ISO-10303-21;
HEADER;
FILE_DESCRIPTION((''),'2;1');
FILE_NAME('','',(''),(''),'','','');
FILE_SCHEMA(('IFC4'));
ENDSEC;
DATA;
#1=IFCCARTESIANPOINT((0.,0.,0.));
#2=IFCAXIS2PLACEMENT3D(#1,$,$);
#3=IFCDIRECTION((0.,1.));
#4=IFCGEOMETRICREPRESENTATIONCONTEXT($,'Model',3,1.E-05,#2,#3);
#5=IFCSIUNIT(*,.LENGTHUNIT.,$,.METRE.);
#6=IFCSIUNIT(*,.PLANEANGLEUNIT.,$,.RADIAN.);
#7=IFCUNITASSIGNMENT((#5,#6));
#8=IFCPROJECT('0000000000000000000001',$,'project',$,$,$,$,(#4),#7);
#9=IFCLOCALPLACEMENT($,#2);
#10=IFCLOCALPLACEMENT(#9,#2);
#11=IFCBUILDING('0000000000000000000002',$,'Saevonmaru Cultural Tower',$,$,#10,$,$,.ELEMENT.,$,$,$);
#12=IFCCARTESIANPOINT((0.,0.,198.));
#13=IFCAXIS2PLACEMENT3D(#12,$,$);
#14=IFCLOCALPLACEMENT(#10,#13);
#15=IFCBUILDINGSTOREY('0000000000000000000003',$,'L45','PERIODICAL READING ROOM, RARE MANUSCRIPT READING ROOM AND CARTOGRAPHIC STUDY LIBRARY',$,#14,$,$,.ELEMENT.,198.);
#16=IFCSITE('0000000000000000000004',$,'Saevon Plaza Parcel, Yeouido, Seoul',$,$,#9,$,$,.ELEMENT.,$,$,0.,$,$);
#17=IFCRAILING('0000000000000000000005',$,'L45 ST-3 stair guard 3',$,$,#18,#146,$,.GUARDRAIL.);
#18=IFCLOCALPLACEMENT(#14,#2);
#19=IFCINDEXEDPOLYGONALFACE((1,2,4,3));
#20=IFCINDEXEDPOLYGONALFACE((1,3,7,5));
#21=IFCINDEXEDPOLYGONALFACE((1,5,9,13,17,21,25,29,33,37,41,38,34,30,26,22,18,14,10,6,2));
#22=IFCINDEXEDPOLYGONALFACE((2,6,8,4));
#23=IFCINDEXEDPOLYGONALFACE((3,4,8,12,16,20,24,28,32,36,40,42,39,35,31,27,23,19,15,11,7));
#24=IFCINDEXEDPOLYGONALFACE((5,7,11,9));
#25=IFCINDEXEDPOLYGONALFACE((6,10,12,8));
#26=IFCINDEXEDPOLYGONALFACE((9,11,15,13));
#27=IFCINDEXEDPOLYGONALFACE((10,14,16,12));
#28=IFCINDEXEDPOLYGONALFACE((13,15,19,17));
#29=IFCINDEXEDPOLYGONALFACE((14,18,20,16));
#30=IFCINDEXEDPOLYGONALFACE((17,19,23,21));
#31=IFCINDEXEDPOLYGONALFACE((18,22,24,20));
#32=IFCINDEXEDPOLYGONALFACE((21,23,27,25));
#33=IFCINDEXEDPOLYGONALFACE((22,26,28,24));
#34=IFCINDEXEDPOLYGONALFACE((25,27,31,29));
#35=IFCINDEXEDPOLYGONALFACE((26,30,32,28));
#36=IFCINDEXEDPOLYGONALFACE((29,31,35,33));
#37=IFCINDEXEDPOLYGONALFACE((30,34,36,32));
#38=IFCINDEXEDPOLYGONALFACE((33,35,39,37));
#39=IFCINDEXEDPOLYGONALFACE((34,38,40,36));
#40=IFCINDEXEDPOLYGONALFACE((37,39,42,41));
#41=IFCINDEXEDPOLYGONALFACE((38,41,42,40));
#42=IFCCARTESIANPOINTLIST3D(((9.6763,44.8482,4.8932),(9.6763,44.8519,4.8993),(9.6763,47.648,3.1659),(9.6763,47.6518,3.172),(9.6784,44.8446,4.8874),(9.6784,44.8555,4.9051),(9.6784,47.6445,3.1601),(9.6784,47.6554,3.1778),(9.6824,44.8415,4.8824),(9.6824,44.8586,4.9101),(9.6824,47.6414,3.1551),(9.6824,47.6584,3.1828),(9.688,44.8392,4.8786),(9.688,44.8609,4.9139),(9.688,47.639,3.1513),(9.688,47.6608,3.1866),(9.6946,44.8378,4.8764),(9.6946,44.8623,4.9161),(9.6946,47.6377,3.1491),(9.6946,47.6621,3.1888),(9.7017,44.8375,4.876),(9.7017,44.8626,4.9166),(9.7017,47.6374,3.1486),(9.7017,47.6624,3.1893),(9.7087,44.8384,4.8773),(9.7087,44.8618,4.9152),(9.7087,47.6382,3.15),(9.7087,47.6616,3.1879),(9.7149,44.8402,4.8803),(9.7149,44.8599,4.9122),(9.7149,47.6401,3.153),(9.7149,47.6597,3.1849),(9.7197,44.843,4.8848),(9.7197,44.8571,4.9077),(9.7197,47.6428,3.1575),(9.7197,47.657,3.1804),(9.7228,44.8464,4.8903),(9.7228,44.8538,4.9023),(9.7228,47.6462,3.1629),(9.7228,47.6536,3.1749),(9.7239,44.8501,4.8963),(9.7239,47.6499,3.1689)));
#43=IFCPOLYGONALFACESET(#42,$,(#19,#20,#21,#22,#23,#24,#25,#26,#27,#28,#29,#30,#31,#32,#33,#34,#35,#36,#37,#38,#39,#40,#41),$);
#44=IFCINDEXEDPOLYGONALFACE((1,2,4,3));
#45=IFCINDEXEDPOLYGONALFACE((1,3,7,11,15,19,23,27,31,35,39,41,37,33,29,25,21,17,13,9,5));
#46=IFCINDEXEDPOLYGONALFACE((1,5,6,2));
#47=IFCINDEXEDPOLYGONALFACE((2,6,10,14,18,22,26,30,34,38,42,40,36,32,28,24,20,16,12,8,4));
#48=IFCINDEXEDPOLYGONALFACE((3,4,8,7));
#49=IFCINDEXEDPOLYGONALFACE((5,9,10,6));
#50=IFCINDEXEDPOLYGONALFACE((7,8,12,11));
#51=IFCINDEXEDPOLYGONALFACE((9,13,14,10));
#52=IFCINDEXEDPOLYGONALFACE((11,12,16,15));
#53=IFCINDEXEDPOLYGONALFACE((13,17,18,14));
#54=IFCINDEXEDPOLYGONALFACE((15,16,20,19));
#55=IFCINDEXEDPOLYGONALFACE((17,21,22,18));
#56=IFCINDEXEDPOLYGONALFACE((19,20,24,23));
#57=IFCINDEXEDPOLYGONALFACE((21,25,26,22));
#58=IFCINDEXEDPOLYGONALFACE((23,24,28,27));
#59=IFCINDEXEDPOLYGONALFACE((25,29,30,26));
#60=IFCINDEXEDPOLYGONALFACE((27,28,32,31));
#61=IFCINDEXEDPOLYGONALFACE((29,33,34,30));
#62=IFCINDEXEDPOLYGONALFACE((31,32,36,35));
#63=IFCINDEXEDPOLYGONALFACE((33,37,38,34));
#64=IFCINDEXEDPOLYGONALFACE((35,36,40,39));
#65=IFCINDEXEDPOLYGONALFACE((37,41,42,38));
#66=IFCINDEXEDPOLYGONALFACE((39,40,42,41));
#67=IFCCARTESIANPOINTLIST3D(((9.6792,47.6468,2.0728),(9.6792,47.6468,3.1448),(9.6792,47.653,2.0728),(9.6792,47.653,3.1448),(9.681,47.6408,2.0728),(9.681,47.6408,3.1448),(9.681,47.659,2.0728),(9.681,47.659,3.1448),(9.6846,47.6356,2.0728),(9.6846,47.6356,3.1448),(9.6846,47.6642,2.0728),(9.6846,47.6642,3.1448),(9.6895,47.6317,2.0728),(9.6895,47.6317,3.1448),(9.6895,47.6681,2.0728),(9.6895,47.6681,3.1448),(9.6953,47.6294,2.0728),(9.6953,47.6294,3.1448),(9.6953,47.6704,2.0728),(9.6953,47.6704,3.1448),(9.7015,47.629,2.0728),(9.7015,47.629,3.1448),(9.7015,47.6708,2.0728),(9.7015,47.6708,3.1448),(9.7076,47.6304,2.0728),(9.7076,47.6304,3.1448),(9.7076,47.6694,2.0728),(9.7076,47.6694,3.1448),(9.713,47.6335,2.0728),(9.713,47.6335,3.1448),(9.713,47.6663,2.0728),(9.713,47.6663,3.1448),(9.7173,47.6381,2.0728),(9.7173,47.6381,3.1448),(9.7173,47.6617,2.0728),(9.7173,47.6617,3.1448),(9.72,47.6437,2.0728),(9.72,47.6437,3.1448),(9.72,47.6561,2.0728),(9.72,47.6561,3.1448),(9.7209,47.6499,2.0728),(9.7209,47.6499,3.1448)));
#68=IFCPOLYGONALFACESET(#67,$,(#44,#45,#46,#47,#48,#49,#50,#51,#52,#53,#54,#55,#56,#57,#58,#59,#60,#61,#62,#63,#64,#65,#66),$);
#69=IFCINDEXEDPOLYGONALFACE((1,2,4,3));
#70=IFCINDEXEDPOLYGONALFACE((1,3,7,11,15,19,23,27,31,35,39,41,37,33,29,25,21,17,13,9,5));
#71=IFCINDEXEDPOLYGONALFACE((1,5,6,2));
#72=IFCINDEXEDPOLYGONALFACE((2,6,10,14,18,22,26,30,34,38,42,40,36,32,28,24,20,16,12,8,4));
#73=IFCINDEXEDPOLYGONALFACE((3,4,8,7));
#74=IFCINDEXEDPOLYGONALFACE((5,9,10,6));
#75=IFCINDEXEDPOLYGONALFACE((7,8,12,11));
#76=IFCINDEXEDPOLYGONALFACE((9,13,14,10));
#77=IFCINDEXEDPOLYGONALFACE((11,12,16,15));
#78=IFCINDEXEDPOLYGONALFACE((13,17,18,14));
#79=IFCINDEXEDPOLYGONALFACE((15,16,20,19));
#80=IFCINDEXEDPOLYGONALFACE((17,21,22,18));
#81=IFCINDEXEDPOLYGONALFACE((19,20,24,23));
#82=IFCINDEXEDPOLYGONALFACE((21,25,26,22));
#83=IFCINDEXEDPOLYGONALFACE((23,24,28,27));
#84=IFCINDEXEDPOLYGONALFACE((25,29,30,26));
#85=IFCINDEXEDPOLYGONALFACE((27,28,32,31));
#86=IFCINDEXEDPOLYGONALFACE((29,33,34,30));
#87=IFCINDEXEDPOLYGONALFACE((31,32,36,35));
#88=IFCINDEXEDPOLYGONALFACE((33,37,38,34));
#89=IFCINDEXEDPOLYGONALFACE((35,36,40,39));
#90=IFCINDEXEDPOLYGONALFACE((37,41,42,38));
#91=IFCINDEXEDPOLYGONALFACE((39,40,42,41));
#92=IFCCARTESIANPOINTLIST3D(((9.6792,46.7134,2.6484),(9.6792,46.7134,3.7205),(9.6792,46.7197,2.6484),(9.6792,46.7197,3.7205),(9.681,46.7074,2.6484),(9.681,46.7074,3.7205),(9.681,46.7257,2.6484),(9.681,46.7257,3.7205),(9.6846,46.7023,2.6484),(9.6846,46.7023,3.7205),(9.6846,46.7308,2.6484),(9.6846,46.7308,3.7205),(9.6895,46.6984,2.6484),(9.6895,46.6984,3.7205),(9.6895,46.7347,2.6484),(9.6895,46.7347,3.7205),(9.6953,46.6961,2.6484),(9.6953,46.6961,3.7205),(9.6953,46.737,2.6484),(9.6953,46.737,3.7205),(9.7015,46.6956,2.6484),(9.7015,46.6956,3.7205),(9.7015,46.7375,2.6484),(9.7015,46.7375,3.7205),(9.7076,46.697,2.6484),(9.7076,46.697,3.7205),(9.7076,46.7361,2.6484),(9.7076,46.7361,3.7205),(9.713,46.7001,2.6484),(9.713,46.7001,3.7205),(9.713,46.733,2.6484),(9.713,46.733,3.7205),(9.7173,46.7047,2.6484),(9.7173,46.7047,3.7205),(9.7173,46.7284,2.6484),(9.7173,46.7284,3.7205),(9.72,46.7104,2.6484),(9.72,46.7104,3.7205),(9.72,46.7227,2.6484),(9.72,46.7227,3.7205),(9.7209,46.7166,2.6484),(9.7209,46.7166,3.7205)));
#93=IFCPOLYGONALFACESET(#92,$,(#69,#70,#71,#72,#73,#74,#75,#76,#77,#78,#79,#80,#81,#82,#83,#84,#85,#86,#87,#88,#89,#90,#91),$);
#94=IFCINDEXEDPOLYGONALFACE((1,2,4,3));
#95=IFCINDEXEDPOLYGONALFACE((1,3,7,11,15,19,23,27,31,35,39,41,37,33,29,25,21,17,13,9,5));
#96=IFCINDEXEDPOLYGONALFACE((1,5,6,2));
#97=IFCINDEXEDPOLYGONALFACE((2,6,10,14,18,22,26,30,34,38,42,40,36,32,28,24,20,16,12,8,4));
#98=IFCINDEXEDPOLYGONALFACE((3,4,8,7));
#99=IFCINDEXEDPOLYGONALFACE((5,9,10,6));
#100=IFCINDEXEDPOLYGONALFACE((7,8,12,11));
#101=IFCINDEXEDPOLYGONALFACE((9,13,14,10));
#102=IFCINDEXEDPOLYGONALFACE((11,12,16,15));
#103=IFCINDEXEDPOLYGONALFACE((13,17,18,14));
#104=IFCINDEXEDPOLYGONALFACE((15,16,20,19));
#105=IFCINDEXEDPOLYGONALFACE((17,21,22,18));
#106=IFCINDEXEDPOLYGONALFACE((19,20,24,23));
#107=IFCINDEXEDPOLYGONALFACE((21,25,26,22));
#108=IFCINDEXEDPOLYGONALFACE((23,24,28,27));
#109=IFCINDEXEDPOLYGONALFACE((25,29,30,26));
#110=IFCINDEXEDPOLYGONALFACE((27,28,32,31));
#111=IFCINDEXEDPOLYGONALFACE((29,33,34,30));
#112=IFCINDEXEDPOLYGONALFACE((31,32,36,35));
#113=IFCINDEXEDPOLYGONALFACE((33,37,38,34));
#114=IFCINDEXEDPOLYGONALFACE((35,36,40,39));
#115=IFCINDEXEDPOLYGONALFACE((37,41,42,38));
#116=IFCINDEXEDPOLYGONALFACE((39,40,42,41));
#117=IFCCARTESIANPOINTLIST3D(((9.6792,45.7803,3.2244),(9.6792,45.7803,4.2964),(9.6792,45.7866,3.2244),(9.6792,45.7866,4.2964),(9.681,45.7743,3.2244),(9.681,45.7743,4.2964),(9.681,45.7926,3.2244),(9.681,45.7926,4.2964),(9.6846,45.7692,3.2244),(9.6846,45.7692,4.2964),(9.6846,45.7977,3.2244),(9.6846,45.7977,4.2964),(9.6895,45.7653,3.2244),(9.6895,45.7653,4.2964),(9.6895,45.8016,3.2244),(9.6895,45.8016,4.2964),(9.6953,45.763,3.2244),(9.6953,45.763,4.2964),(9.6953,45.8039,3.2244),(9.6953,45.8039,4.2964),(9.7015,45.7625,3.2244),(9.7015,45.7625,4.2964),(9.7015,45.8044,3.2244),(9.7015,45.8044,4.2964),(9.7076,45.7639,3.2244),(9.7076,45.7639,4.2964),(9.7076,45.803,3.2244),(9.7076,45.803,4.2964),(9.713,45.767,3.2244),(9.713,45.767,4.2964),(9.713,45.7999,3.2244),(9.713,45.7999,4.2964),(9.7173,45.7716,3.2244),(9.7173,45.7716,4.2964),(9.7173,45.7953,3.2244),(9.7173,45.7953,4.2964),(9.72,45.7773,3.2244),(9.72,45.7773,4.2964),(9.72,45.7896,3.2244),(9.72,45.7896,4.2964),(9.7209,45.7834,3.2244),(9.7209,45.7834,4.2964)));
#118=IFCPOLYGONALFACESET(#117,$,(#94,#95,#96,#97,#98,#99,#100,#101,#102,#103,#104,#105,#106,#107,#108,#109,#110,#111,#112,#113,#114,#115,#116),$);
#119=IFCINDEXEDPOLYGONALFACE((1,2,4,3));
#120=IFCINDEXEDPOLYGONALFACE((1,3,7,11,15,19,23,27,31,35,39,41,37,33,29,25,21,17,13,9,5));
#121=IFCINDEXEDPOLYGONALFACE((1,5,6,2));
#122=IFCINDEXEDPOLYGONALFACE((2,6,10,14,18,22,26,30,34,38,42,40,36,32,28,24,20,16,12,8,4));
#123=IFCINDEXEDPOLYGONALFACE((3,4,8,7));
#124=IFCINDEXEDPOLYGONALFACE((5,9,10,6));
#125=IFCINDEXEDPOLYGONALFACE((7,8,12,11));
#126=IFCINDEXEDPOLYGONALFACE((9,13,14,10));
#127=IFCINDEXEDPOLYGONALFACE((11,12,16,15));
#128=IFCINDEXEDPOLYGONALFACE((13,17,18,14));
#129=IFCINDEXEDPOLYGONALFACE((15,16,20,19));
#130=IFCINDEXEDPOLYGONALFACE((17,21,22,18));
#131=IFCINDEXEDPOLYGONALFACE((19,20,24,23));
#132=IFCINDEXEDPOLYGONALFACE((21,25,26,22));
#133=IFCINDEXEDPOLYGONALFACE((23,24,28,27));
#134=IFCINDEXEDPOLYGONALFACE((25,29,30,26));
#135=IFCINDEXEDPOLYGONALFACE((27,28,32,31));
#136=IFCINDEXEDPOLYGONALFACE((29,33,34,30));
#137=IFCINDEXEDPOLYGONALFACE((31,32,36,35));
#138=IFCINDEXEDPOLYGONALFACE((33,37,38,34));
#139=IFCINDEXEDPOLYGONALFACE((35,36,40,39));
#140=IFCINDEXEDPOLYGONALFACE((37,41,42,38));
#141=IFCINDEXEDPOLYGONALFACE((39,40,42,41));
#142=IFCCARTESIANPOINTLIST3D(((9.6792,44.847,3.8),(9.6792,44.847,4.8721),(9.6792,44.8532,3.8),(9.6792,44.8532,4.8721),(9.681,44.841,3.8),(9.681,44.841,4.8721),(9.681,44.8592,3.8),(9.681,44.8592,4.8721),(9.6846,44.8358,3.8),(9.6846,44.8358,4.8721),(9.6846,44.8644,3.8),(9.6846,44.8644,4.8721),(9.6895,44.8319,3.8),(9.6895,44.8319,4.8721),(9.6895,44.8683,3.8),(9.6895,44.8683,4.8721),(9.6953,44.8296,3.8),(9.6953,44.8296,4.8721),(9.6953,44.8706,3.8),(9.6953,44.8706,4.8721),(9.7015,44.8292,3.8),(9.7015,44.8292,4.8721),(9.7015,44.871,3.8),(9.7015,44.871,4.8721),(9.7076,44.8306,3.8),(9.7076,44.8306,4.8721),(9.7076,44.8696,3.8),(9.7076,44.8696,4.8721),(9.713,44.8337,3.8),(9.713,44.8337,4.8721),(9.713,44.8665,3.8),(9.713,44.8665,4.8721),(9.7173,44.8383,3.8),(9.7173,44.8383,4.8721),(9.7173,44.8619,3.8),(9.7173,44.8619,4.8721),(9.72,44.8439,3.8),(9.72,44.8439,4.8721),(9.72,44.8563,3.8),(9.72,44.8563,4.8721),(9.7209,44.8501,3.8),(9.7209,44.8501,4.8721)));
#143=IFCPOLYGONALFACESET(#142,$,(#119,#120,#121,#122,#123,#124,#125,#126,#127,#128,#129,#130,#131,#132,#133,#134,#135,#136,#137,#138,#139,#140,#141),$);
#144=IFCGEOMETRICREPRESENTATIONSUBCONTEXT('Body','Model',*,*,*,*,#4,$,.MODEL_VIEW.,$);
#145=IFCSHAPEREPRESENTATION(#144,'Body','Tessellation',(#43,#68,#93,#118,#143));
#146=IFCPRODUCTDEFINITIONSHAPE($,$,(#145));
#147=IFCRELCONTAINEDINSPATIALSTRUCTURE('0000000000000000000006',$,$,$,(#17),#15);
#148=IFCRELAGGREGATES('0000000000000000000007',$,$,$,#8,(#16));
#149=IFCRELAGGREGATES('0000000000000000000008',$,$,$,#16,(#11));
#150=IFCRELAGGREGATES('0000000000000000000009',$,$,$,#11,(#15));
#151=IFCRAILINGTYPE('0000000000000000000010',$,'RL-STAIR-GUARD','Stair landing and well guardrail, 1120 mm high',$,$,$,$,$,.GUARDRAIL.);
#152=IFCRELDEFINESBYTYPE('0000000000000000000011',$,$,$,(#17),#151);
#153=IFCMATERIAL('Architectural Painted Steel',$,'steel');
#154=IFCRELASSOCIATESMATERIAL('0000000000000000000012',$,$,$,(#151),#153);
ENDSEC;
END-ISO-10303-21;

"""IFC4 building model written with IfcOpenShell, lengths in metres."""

from ifc_helpers import new_model, si_unit, direction, frame, origin, origin_2d, place, context, subcontext, project, spatial, circle, extrude, material, type_object, element, save


model = new_model("IFC4")

# Units and contexts
model_context = context("Model", 3, precision=1e-05, world=origin(), true_north=direction((0.0, 1.0)))
body_context = subcontext(model_context, "Body", "Model", "MODEL_VIEW")
ifc_project = project(units=[si_unit("LENGTHUNIT", "METRE"), si_unit("PLANEANGLEUNIT", "RADIAN")], contexts=[model_context])

# Site, building, storey
site_placement = place(None, origin())
site = spatial("IfcSite", under=ifc_project, at=site_placement, Name="Saevon Plaza Parcel, Yeouido, Seoul", CompositionType="ELEMENT", RefElevation=0.0)
building_placement = place(site_placement, origin())
building = spatial("IfcBuilding", under=site, at=building_placement, Name="Saevonmaru Cultural Tower", CompositionType="ELEMENT")
storey_placement = place(building_placement, frame((0.0, 0.0, 198.0)))
storey = spatial("IfcBuildingStorey", under=building, at=storey_placement, Name="L45", Description="PERIODICAL READING ROOM, RARE MANUSCRIPT READING ROOM AND CARTOGRAPHIC STUDY LIBRARY", CompositionType="ELEMENT", Elevation=198.0)

# Railing
ifc_material_1 = material(Name="Architectural Painted Steel", Category="steel")
railing_type_1 = type_object("IfcRailingType", Name="RL-STAIR-GUARD", Description="Stair landing and well guardrail, 1120 mm high", PredefinedType="GUARDRAIL", material=ifc_material_1)
railing_1_placement = place(storey_placement, frame((9.7, 47.6499, 2.0728)))
element("IfcRailing", 1, at=railing_1_placement, inside=storey, type_object=railing_type_1, Name="L45 ST-3 stair guard 3", PredefinedType="GUARDRAIL", context=body_context, shape_type="SweptSolid", body=[
    extrude(circle(Radius=0.0239, at=origin_2d()), frame((0.0, 0.0, 1.0962), z_axis=(0.0, -0.851069, 0.525054), x_axis=(1.0, 0.0, 0.0)), (0.0, 0.0, 1.0), 3.2898),
    extrude(circle(Radius=0.021, at=origin_2d()), origin(), (0.0, 0.0, 1.0), 1.072),
    extrude(circle(Radius=0.021, at=origin_2d()), frame((0.0, -0.9333, 0.5757)), (0.0, 0.0, 1.0), 1.072),
    extrude(circle(Radius=0.021, at=origin_2d()), frame((0.0, -1.8665, 1.1516)), (0.0, 0.0, 1.0), 1.072),
    extrude(circle(Radius=0.021, at=origin_2d()), frame((0.0, -2.7998, 1.7273)), (0.0, 0.0, 1.0), 1.072),
])

save(model, "model.ifc")
